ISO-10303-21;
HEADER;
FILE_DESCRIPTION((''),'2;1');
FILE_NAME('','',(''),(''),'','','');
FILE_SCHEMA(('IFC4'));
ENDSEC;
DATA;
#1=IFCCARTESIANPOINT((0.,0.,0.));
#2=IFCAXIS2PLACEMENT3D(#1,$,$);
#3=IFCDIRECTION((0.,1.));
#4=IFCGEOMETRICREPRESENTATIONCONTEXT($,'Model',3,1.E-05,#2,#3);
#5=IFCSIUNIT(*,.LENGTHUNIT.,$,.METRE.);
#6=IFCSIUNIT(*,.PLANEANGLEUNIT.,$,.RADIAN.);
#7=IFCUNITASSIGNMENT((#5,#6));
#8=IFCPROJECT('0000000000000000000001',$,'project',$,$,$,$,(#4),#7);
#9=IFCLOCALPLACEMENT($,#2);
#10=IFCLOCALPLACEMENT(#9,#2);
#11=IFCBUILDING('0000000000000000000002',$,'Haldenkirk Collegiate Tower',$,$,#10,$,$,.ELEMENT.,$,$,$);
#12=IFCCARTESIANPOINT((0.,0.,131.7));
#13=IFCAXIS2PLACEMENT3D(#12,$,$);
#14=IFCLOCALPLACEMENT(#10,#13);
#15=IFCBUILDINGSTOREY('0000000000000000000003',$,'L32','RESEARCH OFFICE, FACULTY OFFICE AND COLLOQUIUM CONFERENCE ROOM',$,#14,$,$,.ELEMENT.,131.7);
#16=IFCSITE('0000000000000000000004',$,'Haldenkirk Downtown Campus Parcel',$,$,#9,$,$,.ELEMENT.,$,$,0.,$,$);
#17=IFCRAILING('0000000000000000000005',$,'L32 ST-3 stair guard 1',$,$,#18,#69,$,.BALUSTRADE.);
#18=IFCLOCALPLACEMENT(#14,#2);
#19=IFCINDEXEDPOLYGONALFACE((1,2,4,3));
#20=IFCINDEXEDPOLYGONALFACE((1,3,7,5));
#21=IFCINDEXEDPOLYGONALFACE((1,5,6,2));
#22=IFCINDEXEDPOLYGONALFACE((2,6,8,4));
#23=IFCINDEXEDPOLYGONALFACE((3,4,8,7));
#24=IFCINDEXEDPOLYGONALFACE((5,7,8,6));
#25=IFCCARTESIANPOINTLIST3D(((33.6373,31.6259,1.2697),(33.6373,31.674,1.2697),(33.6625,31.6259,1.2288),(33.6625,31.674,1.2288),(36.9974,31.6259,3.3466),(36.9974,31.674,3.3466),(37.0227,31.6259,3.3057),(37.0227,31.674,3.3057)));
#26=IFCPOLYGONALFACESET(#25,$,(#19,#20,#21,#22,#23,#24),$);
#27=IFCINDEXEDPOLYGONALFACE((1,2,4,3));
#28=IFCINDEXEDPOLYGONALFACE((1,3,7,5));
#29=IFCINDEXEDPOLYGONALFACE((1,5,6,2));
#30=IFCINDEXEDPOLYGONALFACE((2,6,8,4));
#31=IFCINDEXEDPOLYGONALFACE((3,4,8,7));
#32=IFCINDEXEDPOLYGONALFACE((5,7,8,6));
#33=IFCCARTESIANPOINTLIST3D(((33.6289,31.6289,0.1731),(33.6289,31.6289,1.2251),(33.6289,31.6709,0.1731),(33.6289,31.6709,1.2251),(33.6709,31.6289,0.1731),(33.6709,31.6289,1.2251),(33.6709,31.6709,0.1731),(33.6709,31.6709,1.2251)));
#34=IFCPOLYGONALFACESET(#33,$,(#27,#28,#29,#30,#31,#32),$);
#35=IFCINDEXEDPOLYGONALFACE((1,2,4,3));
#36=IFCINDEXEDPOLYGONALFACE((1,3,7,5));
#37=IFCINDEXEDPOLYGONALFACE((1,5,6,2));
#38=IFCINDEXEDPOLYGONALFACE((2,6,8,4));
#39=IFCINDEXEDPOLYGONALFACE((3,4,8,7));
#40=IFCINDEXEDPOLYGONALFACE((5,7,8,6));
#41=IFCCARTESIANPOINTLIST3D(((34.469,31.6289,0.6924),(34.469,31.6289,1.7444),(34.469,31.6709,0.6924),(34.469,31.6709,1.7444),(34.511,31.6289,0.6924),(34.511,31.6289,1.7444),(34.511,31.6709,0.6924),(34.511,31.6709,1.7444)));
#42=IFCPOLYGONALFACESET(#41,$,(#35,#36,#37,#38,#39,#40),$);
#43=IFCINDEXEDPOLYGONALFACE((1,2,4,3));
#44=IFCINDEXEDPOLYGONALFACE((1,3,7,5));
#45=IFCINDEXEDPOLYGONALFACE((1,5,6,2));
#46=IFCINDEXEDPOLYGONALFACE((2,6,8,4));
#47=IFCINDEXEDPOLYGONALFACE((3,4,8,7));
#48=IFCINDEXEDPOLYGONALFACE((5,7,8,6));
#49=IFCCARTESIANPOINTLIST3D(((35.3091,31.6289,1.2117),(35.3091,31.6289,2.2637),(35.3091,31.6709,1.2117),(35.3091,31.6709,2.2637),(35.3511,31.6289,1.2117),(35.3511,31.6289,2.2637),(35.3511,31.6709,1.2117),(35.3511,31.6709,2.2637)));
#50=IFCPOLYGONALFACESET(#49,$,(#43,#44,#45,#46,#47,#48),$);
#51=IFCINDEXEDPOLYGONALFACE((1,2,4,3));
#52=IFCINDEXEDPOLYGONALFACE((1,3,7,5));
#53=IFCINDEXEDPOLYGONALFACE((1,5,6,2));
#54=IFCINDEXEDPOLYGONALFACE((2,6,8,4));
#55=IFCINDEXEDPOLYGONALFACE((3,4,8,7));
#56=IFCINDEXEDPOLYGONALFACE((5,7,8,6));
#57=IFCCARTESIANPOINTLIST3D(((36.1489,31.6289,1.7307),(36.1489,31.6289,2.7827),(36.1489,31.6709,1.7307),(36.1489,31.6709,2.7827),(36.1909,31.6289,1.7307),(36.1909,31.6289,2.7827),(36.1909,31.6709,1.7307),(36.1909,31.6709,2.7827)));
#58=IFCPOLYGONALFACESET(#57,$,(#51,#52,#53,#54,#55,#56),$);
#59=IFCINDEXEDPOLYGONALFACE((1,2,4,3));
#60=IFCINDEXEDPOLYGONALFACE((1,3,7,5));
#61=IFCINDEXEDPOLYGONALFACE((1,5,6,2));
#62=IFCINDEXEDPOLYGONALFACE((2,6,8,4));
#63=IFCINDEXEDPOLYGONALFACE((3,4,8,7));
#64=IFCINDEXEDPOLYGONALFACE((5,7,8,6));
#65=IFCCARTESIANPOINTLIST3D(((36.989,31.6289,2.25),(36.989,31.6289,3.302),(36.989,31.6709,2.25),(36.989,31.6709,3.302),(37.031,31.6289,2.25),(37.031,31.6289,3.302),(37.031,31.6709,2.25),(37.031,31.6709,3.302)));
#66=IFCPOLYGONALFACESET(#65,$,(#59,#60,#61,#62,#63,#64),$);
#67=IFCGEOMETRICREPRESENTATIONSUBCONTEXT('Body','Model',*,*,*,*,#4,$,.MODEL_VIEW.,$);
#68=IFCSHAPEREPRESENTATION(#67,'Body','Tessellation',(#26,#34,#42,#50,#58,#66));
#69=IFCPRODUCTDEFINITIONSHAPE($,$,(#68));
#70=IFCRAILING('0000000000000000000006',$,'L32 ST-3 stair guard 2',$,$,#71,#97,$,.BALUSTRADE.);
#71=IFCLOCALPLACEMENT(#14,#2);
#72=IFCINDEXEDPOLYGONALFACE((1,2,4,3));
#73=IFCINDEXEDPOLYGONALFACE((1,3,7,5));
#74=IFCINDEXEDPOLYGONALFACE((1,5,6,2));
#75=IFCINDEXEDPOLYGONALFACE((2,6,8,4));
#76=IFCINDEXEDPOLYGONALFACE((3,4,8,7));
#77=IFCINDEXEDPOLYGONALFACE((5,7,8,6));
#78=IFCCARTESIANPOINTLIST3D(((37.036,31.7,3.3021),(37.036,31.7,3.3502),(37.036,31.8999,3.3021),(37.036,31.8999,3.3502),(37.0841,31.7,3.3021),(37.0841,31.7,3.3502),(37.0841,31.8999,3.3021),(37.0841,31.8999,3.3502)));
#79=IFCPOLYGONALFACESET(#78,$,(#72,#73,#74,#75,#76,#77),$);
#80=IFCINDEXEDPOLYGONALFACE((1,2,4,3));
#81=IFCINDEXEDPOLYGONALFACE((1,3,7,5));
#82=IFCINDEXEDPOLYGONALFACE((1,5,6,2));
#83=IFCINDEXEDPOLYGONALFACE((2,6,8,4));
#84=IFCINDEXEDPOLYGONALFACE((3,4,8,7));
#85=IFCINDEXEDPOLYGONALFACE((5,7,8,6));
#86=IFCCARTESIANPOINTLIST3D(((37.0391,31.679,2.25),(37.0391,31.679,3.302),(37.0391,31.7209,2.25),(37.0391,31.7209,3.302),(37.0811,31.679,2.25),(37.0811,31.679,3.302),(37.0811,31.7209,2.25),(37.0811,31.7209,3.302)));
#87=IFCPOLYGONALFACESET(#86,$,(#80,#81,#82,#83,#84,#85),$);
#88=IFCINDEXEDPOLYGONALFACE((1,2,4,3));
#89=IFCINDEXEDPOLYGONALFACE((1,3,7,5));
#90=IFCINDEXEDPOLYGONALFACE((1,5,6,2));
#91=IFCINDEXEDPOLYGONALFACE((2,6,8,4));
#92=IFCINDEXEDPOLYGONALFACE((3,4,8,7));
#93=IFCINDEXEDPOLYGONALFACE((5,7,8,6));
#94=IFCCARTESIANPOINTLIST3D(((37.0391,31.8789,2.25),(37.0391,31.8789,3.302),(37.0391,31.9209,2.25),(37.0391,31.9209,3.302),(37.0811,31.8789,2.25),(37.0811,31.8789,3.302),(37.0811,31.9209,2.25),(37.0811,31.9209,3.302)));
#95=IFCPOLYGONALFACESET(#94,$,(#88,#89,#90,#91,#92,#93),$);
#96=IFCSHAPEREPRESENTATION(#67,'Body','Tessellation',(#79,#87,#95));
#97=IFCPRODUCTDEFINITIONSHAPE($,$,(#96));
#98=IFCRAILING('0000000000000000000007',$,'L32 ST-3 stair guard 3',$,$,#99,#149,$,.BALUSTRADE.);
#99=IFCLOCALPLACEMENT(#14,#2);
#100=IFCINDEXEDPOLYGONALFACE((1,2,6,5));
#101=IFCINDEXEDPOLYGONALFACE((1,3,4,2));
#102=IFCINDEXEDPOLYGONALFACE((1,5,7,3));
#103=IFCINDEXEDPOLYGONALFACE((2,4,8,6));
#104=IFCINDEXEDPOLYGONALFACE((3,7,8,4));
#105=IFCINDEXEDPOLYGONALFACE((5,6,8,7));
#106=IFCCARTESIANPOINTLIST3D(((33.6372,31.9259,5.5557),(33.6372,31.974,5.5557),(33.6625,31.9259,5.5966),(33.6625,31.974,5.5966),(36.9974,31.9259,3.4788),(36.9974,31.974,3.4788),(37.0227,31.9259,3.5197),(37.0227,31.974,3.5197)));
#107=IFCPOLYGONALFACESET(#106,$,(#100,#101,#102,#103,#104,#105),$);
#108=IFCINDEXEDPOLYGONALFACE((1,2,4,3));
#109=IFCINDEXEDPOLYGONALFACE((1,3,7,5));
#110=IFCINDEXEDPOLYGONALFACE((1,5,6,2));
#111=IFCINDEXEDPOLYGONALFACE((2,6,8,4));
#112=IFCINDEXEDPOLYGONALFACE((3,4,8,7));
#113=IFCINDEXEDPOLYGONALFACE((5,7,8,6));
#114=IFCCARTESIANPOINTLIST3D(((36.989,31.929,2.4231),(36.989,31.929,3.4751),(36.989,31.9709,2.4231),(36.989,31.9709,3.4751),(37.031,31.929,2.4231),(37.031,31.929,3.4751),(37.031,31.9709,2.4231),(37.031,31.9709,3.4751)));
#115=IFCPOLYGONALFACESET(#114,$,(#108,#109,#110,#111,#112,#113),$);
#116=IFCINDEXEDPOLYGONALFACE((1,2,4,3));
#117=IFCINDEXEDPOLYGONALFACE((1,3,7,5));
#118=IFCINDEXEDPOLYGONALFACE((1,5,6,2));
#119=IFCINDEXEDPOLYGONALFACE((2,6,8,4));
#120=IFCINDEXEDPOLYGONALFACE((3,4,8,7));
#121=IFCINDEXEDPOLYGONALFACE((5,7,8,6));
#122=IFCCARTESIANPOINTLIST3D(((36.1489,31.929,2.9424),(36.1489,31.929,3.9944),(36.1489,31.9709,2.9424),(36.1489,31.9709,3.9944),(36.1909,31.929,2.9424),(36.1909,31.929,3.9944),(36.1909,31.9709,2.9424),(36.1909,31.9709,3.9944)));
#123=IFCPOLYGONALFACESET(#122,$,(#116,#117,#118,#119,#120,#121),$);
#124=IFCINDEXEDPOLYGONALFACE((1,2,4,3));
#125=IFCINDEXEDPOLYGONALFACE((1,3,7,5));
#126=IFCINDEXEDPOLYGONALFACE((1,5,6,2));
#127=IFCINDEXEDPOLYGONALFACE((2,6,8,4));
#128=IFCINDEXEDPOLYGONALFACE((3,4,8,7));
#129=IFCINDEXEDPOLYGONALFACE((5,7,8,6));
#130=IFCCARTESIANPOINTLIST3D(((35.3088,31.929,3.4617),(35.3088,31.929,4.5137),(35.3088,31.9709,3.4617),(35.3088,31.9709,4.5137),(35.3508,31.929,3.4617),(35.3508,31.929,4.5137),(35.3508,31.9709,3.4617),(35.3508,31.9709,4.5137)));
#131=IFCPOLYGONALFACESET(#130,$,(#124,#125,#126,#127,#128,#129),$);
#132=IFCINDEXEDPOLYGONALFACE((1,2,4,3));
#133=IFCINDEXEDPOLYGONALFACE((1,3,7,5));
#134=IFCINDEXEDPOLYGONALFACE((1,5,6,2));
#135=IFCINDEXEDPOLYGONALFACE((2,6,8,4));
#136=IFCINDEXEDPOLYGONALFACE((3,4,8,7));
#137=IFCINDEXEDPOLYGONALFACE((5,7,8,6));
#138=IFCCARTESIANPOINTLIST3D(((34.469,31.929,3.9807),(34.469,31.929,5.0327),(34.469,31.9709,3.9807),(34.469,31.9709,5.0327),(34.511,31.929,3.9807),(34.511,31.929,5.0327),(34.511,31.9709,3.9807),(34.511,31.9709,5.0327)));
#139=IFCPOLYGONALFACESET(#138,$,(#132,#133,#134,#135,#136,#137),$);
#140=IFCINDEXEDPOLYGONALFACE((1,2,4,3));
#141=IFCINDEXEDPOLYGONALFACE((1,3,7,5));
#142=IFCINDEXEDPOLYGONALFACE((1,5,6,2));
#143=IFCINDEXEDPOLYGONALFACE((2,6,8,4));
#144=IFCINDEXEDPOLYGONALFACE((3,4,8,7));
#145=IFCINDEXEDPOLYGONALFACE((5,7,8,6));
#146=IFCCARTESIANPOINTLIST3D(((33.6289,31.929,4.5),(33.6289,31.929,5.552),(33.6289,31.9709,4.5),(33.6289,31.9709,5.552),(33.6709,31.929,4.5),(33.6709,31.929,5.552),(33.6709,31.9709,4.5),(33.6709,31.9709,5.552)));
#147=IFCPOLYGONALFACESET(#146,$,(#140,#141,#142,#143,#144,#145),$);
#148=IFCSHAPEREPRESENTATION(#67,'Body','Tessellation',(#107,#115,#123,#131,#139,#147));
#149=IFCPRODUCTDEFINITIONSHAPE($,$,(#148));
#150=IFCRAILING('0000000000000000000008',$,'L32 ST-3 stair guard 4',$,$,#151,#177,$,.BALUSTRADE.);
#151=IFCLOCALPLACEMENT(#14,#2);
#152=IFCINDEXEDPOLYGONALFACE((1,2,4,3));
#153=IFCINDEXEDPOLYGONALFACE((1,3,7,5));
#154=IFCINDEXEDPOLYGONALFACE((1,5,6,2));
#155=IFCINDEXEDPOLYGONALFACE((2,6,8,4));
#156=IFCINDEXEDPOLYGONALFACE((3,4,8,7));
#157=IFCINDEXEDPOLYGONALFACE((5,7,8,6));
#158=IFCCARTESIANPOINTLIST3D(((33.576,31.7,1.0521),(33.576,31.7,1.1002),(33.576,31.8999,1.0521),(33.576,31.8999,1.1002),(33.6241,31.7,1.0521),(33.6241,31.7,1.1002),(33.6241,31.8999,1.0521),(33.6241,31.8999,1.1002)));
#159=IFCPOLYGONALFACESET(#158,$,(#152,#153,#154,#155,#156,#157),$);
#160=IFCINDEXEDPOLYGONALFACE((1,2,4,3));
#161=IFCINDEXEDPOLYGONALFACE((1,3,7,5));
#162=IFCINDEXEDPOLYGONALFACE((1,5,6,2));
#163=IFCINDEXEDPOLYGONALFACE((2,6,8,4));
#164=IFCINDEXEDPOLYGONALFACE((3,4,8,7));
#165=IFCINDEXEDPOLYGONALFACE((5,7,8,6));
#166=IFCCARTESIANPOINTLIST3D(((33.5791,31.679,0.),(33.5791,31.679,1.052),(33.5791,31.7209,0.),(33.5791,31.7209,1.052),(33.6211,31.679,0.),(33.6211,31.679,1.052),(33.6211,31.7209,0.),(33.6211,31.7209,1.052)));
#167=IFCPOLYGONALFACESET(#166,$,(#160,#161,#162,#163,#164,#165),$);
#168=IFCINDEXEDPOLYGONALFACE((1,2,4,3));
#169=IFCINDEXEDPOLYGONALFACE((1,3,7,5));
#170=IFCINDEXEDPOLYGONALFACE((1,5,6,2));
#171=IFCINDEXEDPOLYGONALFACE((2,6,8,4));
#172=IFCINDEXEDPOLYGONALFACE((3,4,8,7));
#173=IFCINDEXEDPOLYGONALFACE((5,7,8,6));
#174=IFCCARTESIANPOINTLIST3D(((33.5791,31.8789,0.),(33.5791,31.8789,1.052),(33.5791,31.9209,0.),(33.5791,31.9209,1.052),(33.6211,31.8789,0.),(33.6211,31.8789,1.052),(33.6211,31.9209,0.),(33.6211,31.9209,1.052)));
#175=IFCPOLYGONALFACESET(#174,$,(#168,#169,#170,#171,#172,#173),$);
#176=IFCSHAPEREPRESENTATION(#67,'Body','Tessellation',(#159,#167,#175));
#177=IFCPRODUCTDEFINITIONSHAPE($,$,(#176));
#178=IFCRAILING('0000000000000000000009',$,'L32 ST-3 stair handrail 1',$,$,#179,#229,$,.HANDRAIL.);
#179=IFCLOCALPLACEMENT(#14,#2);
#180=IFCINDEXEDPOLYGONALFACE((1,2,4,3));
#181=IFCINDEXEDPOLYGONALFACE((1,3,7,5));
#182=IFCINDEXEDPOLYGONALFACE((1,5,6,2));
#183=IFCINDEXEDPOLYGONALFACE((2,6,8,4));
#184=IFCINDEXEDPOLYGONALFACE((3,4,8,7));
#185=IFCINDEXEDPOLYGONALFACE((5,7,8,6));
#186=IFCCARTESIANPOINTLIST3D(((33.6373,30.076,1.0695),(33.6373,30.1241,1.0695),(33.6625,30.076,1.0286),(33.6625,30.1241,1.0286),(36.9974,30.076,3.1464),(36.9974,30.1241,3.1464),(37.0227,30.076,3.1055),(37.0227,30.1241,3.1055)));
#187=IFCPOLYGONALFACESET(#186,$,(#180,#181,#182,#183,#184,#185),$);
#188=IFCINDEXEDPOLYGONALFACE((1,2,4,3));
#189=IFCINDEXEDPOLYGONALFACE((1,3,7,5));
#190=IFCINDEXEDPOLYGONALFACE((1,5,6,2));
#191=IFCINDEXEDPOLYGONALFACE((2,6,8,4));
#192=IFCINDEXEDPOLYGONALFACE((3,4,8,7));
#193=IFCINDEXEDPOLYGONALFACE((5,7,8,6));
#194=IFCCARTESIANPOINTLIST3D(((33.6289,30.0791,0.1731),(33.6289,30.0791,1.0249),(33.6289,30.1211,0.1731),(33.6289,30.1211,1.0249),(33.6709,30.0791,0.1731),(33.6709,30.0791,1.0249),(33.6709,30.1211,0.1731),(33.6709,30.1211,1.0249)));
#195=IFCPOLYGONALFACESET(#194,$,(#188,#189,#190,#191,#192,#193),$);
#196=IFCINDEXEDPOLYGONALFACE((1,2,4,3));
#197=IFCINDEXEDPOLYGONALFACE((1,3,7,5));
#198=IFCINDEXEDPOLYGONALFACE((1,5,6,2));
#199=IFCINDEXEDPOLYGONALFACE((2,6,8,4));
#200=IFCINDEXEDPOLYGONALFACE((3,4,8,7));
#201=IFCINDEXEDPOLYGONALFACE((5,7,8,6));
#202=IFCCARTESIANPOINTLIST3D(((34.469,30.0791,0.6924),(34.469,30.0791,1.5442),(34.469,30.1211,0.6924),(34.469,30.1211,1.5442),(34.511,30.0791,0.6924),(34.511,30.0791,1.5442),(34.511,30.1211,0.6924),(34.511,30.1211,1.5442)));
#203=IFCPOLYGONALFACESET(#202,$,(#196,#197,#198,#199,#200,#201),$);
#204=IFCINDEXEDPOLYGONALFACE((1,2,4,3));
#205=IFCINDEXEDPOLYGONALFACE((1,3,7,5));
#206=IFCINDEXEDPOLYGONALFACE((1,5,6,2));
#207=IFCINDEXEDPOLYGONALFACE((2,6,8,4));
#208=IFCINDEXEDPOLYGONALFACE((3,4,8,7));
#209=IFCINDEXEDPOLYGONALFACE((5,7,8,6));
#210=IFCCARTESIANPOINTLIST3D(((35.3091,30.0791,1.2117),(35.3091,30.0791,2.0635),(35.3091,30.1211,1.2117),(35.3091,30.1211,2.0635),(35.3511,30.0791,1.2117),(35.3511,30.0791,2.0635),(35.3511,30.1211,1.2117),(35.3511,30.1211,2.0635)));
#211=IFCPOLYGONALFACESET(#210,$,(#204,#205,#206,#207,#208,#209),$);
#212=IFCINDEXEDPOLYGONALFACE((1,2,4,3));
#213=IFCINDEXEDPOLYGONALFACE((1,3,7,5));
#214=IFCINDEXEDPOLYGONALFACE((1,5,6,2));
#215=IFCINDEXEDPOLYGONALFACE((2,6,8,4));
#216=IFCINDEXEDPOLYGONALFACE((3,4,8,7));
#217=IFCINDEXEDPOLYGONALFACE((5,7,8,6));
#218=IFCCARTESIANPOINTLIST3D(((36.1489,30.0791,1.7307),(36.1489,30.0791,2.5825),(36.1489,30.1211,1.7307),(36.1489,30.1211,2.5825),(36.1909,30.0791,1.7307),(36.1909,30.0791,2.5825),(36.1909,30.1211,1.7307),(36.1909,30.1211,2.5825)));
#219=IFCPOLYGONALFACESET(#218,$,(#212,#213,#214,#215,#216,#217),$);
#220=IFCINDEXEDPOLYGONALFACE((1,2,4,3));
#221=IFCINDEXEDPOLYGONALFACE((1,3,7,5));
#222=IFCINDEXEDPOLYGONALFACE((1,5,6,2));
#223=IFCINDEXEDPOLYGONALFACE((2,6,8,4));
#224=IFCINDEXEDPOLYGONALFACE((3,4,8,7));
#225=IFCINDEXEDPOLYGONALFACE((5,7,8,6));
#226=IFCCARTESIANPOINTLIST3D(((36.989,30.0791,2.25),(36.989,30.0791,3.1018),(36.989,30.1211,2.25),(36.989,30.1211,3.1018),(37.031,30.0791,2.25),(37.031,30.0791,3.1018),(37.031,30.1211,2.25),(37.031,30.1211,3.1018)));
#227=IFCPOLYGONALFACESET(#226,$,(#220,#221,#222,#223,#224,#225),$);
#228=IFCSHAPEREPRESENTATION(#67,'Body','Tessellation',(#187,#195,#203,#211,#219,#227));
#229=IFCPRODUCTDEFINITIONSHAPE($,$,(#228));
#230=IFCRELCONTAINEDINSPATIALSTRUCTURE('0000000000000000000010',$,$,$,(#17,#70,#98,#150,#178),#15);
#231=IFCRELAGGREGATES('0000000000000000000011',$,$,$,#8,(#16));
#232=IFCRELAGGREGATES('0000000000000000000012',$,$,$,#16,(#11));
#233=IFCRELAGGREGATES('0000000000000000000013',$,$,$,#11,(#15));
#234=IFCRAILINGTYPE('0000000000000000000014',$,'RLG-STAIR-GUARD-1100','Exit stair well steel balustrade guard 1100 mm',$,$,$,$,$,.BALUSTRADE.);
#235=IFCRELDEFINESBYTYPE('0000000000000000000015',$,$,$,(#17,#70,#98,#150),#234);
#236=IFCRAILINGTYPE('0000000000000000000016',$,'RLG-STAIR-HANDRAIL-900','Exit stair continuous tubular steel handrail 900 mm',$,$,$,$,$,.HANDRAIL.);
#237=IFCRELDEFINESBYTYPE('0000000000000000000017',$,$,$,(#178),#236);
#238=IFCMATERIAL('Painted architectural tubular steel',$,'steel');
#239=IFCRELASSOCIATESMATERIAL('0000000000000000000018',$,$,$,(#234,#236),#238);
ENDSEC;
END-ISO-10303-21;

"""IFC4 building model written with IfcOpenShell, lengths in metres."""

from ifc_helpers import new_model, si_unit, direction, frame, origin, origin_2d, place, context, subcontext, project, spatial, rectangle, extrude, material, type_object, element, save


model = new_model("IFC4")

# Units and contexts
model_context = context("Model", 3, precision=1e-05, world=origin(), true_north=direction((0.0, 1.0)))
body_context = subcontext(model_context, "Body", "Model", "MODEL_VIEW")
ifc_project = project(units=[si_unit("LENGTHUNIT", "METRE"), si_unit("PLANEANGLEUNIT", "RADIAN")], contexts=[model_context])

# Site, building, storey
site_placement = place(None, origin())
site = spatial("IfcSite", under=ifc_project, at=site_placement, Name="Haldenkirk Downtown Campus Parcel", CompositionType="ELEMENT", RefElevation=0.0)
building_placement = place(site_placement, origin())
building = spatial("IfcBuilding", under=site, at=building_placement, Name="Haldenkirk Collegiate Tower", CompositionType="ELEMENT")
storey_placement = place(building_placement, frame((0.0, 0.0, 131.7)))
storey = spatial("IfcBuildingStorey", under=building, at=storey_placement, Name="L32", Description="RESEARCH OFFICE, FACULTY OFFICE AND COLLOQUIUM CONFERENCE ROOM", CompositionType="ELEMENT", Elevation=131.7)

# Railings
ifc_material_1 = material(Name="Painted architectural tubular steel", Category="steel")
railing_type_1 = type_object("IfcRailingType", Name="RLG-STAIR-GUARD-1100", Description="Exit stair well steel balustrade guard 1100 mm", PredefinedType="BALUSTRADE", material=ifc_material_1)
railing_1_placement = place(storey_placement, frame((33.6499, 31.6499, 0.1731)))
element("IfcRailing", 1, at=railing_1_placement, inside=storey, type_object=railing_type_1, Name="L32 ST-3 stair guard 1", PredefinedType="BALUSTRADE", context=body_context, shape_type="SweptSolid", body=[
    extrude(rectangle(XDim=0.0481, YDim=0.0481, at=origin_2d()), frame((0.0, 0.0, 1.0762), z_axis=(0.850623, 0.0, 0.525776), x_axis=(0.0, 1.0, 0.0)), (0.0, 0.0, 1.0), 3.9502),
    extrude(rectangle(XDim=0.042, YDim=0.042, at=origin_2d()), origin(), (0.0, 0.0, 1.0), 1.052),
    extrude(rectangle(XDim=0.042, YDim=0.042, at=origin_2d()), frame((0.8401, 0.0, 0.5193)), (0.0, 0.0, 1.0), 1.052),
    extrude(rectangle(XDim=0.042, YDim=0.042, at=origin_2d()), frame((1.6802, 0.0, 1.0386)), (0.0, 0.0, 1.0), 1.052),
    extrude(rectangle(XDim=0.042, YDim=0.042, at=origin_2d()), frame((2.52, 0.0, 1.5576)), (0.0, 0.0, 1.0), 1.052),
    extrude(rectangle(XDim=0.042, YDim=0.042, at=origin_2d()), frame((3.3601, 0.0, 2.0769)), (0.0, 0.0, 1.0), 1.052),
])
railing_2_placement = place(storey_placement, frame((37.0601, 31.7, 2.25)))
element("IfcRailing", 2, at=railing_2_placement, inside=storey, type_object=railing_type_1, Name="L32 ST-3 stair guard 2", PredefinedType="BALUSTRADE", context=body_context, shape_type="SweptSolid", body=[
    extrude(rectangle(XDim=0.0481, YDim=0.0481, at=origin_2d()), frame((0.0, 0.0, 1.0762), z_axis=(0.0, 1.0, 0.0), x_axis=(-1.0, 0.0, 0.0)), (0.0, 0.0, 1.0), 0.2),
    extrude(rectangle(XDim=0.042, YDim=0.042, at=origin_2d()), origin(), (0.0, 0.0, 1.0), 1.052),
    extrude(rectangle(XDim=0.042, YDim=0.042, at=origin_2d()), frame((0.0, 0.2, 0.0)), (0.0, 0.0, 1.0), 1.052),
])
railing_3_placement = place(storey_placement, frame((37.01, 31.95, 2.4231)))
element("IfcRailing", 3, at=railing_3_placement, inside=storey, type_object=railing_type_1, Name="L32 ST-3 stair guard 3", PredefinedType="BALUSTRADE", context=body_context, shape_type="SweptSolid", body=[
    extrude(rectangle(XDim=0.0481, YDim=0.0481, at=origin_2d()), frame((0.0, 0.0, 1.0762), z_axis=(-0.850623, 0.0, 0.525776), x_axis=(0.0, -1.0, 0.0)), (0.0, 0.0, 1.0), 3.9502),
    extrude(rectangle(XDim=0.042, YDim=0.042, at=origin_2d()), origin(), (0.0, 0.0, 1.0), 1.052),
    extrude(rectangle(XDim=0.042, YDim=0.042, at=origin_2d()), frame((-0.8401, 0.0, 0.5193)), (0.0, 0.0, 1.0), 1.052),
    extrude(rectangle(XDim=0.042, YDim=0.042, at=origin_2d()), frame((-1.6802, 0.0, 1.0386)), (0.0, 0.0, 1.0), 1.052),
    extrude(rectangle(XDim=0.042, YDim=0.042, at=origin_2d()), frame((-2.52, 0.0, 1.5576)), (0.0, 0.0, 1.0), 1.052),
    extrude(rectangle(XDim=0.042, YDim=0.042, at=origin_2d()), frame((-3.3601, 0.0, 2.0769)), (0.0, 0.0, 1.0), 1.052),
])
railing_4_placement = place(storey_placement, frame((33.6001, 31.7, 0.0)))
element("IfcRailing", 4, at=railing_4_placement, inside=storey, type_object=railing_type_1, Name="L32 ST-3 stair guard 4", PredefinedType="BALUSTRADE", context=body_context, shape_type="SweptSolid", body=[
    extrude(rectangle(XDim=0.0481, YDim=0.0481, at=origin_2d()), frame((0.0, 0.0, 1.0762), z_axis=(0.0, 1.0, 0.0), x_axis=(-1.0, 0.0, 0.0)), (0.0, 0.0, 1.0), 0.2),
    extrude(rectangle(XDim=0.042, YDim=0.042, at=origin_2d()), origin(), (0.0, 0.0, 1.0), 1.052),
    extrude(rectangle(XDim=0.042, YDim=0.042, at=origin_2d()), frame((0.0, 0.2, 0.0)), (0.0, 0.0, 1.0), 1.052),
])
railing_type_2 = type_object("IfcRailingType", Name="RLG-STAIR-HANDRAIL-900", Description="Exit stair continuous tubular steel handrail 900 mm", PredefinedType="HANDRAIL", material=ifc_material_1)
railing_5_placement = place(storey_placement, frame((33.6499, 30.1001, 0.1731)))
element("IfcRailing", 5, at=railing_5_placement, inside=storey, type_object=railing_type_2, Name="L32 ST-3 stair handrail 1", PredefinedType="HANDRAIL", context=body_context, shape_type="SweptSolid", body=[
    extrude(rectangle(XDim=0.0481, YDim=0.0481, at=origin_2d()), frame((0.0, 0.0, 0.876), z_axis=(0.850623, 0.0, 0.525776), x_axis=(0.0, 1.0, 0.0)), (0.0, 0.0, 1.0), 3.9502),
    extrude(rectangle(XDim=0.042, YDim=0.042, at=origin_2d()), origin(), (0.0, 0.0, 1.0), 0.8518),
    extrude(rectangle(XDim=0.042, YDim=0.042, at=origin_2d()), frame((0.8401, 0.0, 0.5193)), (0.0, 0.0, 1.0), 0.8518),
    extrude(rectangle(XDim=0.042, YDim=0.042, at=origin_2d()), frame((1.6802, 0.0, 1.0386)), (0.0, 0.0, 1.0), 0.8518),
    extrude(rectangle(XDim=0.042, YDim=0.042, at=origin_2d()), frame((2.52, 0.0, 1.5576)), (0.0, 0.0, 1.0), 0.8518),
    extrude(rectangle(XDim=0.042, YDim=0.042, at=origin_2d()), frame((3.3601, 0.0, 2.0769)), (0.0, 0.0, 1.0), 0.8518),
])

save(model, "model.ifc")
